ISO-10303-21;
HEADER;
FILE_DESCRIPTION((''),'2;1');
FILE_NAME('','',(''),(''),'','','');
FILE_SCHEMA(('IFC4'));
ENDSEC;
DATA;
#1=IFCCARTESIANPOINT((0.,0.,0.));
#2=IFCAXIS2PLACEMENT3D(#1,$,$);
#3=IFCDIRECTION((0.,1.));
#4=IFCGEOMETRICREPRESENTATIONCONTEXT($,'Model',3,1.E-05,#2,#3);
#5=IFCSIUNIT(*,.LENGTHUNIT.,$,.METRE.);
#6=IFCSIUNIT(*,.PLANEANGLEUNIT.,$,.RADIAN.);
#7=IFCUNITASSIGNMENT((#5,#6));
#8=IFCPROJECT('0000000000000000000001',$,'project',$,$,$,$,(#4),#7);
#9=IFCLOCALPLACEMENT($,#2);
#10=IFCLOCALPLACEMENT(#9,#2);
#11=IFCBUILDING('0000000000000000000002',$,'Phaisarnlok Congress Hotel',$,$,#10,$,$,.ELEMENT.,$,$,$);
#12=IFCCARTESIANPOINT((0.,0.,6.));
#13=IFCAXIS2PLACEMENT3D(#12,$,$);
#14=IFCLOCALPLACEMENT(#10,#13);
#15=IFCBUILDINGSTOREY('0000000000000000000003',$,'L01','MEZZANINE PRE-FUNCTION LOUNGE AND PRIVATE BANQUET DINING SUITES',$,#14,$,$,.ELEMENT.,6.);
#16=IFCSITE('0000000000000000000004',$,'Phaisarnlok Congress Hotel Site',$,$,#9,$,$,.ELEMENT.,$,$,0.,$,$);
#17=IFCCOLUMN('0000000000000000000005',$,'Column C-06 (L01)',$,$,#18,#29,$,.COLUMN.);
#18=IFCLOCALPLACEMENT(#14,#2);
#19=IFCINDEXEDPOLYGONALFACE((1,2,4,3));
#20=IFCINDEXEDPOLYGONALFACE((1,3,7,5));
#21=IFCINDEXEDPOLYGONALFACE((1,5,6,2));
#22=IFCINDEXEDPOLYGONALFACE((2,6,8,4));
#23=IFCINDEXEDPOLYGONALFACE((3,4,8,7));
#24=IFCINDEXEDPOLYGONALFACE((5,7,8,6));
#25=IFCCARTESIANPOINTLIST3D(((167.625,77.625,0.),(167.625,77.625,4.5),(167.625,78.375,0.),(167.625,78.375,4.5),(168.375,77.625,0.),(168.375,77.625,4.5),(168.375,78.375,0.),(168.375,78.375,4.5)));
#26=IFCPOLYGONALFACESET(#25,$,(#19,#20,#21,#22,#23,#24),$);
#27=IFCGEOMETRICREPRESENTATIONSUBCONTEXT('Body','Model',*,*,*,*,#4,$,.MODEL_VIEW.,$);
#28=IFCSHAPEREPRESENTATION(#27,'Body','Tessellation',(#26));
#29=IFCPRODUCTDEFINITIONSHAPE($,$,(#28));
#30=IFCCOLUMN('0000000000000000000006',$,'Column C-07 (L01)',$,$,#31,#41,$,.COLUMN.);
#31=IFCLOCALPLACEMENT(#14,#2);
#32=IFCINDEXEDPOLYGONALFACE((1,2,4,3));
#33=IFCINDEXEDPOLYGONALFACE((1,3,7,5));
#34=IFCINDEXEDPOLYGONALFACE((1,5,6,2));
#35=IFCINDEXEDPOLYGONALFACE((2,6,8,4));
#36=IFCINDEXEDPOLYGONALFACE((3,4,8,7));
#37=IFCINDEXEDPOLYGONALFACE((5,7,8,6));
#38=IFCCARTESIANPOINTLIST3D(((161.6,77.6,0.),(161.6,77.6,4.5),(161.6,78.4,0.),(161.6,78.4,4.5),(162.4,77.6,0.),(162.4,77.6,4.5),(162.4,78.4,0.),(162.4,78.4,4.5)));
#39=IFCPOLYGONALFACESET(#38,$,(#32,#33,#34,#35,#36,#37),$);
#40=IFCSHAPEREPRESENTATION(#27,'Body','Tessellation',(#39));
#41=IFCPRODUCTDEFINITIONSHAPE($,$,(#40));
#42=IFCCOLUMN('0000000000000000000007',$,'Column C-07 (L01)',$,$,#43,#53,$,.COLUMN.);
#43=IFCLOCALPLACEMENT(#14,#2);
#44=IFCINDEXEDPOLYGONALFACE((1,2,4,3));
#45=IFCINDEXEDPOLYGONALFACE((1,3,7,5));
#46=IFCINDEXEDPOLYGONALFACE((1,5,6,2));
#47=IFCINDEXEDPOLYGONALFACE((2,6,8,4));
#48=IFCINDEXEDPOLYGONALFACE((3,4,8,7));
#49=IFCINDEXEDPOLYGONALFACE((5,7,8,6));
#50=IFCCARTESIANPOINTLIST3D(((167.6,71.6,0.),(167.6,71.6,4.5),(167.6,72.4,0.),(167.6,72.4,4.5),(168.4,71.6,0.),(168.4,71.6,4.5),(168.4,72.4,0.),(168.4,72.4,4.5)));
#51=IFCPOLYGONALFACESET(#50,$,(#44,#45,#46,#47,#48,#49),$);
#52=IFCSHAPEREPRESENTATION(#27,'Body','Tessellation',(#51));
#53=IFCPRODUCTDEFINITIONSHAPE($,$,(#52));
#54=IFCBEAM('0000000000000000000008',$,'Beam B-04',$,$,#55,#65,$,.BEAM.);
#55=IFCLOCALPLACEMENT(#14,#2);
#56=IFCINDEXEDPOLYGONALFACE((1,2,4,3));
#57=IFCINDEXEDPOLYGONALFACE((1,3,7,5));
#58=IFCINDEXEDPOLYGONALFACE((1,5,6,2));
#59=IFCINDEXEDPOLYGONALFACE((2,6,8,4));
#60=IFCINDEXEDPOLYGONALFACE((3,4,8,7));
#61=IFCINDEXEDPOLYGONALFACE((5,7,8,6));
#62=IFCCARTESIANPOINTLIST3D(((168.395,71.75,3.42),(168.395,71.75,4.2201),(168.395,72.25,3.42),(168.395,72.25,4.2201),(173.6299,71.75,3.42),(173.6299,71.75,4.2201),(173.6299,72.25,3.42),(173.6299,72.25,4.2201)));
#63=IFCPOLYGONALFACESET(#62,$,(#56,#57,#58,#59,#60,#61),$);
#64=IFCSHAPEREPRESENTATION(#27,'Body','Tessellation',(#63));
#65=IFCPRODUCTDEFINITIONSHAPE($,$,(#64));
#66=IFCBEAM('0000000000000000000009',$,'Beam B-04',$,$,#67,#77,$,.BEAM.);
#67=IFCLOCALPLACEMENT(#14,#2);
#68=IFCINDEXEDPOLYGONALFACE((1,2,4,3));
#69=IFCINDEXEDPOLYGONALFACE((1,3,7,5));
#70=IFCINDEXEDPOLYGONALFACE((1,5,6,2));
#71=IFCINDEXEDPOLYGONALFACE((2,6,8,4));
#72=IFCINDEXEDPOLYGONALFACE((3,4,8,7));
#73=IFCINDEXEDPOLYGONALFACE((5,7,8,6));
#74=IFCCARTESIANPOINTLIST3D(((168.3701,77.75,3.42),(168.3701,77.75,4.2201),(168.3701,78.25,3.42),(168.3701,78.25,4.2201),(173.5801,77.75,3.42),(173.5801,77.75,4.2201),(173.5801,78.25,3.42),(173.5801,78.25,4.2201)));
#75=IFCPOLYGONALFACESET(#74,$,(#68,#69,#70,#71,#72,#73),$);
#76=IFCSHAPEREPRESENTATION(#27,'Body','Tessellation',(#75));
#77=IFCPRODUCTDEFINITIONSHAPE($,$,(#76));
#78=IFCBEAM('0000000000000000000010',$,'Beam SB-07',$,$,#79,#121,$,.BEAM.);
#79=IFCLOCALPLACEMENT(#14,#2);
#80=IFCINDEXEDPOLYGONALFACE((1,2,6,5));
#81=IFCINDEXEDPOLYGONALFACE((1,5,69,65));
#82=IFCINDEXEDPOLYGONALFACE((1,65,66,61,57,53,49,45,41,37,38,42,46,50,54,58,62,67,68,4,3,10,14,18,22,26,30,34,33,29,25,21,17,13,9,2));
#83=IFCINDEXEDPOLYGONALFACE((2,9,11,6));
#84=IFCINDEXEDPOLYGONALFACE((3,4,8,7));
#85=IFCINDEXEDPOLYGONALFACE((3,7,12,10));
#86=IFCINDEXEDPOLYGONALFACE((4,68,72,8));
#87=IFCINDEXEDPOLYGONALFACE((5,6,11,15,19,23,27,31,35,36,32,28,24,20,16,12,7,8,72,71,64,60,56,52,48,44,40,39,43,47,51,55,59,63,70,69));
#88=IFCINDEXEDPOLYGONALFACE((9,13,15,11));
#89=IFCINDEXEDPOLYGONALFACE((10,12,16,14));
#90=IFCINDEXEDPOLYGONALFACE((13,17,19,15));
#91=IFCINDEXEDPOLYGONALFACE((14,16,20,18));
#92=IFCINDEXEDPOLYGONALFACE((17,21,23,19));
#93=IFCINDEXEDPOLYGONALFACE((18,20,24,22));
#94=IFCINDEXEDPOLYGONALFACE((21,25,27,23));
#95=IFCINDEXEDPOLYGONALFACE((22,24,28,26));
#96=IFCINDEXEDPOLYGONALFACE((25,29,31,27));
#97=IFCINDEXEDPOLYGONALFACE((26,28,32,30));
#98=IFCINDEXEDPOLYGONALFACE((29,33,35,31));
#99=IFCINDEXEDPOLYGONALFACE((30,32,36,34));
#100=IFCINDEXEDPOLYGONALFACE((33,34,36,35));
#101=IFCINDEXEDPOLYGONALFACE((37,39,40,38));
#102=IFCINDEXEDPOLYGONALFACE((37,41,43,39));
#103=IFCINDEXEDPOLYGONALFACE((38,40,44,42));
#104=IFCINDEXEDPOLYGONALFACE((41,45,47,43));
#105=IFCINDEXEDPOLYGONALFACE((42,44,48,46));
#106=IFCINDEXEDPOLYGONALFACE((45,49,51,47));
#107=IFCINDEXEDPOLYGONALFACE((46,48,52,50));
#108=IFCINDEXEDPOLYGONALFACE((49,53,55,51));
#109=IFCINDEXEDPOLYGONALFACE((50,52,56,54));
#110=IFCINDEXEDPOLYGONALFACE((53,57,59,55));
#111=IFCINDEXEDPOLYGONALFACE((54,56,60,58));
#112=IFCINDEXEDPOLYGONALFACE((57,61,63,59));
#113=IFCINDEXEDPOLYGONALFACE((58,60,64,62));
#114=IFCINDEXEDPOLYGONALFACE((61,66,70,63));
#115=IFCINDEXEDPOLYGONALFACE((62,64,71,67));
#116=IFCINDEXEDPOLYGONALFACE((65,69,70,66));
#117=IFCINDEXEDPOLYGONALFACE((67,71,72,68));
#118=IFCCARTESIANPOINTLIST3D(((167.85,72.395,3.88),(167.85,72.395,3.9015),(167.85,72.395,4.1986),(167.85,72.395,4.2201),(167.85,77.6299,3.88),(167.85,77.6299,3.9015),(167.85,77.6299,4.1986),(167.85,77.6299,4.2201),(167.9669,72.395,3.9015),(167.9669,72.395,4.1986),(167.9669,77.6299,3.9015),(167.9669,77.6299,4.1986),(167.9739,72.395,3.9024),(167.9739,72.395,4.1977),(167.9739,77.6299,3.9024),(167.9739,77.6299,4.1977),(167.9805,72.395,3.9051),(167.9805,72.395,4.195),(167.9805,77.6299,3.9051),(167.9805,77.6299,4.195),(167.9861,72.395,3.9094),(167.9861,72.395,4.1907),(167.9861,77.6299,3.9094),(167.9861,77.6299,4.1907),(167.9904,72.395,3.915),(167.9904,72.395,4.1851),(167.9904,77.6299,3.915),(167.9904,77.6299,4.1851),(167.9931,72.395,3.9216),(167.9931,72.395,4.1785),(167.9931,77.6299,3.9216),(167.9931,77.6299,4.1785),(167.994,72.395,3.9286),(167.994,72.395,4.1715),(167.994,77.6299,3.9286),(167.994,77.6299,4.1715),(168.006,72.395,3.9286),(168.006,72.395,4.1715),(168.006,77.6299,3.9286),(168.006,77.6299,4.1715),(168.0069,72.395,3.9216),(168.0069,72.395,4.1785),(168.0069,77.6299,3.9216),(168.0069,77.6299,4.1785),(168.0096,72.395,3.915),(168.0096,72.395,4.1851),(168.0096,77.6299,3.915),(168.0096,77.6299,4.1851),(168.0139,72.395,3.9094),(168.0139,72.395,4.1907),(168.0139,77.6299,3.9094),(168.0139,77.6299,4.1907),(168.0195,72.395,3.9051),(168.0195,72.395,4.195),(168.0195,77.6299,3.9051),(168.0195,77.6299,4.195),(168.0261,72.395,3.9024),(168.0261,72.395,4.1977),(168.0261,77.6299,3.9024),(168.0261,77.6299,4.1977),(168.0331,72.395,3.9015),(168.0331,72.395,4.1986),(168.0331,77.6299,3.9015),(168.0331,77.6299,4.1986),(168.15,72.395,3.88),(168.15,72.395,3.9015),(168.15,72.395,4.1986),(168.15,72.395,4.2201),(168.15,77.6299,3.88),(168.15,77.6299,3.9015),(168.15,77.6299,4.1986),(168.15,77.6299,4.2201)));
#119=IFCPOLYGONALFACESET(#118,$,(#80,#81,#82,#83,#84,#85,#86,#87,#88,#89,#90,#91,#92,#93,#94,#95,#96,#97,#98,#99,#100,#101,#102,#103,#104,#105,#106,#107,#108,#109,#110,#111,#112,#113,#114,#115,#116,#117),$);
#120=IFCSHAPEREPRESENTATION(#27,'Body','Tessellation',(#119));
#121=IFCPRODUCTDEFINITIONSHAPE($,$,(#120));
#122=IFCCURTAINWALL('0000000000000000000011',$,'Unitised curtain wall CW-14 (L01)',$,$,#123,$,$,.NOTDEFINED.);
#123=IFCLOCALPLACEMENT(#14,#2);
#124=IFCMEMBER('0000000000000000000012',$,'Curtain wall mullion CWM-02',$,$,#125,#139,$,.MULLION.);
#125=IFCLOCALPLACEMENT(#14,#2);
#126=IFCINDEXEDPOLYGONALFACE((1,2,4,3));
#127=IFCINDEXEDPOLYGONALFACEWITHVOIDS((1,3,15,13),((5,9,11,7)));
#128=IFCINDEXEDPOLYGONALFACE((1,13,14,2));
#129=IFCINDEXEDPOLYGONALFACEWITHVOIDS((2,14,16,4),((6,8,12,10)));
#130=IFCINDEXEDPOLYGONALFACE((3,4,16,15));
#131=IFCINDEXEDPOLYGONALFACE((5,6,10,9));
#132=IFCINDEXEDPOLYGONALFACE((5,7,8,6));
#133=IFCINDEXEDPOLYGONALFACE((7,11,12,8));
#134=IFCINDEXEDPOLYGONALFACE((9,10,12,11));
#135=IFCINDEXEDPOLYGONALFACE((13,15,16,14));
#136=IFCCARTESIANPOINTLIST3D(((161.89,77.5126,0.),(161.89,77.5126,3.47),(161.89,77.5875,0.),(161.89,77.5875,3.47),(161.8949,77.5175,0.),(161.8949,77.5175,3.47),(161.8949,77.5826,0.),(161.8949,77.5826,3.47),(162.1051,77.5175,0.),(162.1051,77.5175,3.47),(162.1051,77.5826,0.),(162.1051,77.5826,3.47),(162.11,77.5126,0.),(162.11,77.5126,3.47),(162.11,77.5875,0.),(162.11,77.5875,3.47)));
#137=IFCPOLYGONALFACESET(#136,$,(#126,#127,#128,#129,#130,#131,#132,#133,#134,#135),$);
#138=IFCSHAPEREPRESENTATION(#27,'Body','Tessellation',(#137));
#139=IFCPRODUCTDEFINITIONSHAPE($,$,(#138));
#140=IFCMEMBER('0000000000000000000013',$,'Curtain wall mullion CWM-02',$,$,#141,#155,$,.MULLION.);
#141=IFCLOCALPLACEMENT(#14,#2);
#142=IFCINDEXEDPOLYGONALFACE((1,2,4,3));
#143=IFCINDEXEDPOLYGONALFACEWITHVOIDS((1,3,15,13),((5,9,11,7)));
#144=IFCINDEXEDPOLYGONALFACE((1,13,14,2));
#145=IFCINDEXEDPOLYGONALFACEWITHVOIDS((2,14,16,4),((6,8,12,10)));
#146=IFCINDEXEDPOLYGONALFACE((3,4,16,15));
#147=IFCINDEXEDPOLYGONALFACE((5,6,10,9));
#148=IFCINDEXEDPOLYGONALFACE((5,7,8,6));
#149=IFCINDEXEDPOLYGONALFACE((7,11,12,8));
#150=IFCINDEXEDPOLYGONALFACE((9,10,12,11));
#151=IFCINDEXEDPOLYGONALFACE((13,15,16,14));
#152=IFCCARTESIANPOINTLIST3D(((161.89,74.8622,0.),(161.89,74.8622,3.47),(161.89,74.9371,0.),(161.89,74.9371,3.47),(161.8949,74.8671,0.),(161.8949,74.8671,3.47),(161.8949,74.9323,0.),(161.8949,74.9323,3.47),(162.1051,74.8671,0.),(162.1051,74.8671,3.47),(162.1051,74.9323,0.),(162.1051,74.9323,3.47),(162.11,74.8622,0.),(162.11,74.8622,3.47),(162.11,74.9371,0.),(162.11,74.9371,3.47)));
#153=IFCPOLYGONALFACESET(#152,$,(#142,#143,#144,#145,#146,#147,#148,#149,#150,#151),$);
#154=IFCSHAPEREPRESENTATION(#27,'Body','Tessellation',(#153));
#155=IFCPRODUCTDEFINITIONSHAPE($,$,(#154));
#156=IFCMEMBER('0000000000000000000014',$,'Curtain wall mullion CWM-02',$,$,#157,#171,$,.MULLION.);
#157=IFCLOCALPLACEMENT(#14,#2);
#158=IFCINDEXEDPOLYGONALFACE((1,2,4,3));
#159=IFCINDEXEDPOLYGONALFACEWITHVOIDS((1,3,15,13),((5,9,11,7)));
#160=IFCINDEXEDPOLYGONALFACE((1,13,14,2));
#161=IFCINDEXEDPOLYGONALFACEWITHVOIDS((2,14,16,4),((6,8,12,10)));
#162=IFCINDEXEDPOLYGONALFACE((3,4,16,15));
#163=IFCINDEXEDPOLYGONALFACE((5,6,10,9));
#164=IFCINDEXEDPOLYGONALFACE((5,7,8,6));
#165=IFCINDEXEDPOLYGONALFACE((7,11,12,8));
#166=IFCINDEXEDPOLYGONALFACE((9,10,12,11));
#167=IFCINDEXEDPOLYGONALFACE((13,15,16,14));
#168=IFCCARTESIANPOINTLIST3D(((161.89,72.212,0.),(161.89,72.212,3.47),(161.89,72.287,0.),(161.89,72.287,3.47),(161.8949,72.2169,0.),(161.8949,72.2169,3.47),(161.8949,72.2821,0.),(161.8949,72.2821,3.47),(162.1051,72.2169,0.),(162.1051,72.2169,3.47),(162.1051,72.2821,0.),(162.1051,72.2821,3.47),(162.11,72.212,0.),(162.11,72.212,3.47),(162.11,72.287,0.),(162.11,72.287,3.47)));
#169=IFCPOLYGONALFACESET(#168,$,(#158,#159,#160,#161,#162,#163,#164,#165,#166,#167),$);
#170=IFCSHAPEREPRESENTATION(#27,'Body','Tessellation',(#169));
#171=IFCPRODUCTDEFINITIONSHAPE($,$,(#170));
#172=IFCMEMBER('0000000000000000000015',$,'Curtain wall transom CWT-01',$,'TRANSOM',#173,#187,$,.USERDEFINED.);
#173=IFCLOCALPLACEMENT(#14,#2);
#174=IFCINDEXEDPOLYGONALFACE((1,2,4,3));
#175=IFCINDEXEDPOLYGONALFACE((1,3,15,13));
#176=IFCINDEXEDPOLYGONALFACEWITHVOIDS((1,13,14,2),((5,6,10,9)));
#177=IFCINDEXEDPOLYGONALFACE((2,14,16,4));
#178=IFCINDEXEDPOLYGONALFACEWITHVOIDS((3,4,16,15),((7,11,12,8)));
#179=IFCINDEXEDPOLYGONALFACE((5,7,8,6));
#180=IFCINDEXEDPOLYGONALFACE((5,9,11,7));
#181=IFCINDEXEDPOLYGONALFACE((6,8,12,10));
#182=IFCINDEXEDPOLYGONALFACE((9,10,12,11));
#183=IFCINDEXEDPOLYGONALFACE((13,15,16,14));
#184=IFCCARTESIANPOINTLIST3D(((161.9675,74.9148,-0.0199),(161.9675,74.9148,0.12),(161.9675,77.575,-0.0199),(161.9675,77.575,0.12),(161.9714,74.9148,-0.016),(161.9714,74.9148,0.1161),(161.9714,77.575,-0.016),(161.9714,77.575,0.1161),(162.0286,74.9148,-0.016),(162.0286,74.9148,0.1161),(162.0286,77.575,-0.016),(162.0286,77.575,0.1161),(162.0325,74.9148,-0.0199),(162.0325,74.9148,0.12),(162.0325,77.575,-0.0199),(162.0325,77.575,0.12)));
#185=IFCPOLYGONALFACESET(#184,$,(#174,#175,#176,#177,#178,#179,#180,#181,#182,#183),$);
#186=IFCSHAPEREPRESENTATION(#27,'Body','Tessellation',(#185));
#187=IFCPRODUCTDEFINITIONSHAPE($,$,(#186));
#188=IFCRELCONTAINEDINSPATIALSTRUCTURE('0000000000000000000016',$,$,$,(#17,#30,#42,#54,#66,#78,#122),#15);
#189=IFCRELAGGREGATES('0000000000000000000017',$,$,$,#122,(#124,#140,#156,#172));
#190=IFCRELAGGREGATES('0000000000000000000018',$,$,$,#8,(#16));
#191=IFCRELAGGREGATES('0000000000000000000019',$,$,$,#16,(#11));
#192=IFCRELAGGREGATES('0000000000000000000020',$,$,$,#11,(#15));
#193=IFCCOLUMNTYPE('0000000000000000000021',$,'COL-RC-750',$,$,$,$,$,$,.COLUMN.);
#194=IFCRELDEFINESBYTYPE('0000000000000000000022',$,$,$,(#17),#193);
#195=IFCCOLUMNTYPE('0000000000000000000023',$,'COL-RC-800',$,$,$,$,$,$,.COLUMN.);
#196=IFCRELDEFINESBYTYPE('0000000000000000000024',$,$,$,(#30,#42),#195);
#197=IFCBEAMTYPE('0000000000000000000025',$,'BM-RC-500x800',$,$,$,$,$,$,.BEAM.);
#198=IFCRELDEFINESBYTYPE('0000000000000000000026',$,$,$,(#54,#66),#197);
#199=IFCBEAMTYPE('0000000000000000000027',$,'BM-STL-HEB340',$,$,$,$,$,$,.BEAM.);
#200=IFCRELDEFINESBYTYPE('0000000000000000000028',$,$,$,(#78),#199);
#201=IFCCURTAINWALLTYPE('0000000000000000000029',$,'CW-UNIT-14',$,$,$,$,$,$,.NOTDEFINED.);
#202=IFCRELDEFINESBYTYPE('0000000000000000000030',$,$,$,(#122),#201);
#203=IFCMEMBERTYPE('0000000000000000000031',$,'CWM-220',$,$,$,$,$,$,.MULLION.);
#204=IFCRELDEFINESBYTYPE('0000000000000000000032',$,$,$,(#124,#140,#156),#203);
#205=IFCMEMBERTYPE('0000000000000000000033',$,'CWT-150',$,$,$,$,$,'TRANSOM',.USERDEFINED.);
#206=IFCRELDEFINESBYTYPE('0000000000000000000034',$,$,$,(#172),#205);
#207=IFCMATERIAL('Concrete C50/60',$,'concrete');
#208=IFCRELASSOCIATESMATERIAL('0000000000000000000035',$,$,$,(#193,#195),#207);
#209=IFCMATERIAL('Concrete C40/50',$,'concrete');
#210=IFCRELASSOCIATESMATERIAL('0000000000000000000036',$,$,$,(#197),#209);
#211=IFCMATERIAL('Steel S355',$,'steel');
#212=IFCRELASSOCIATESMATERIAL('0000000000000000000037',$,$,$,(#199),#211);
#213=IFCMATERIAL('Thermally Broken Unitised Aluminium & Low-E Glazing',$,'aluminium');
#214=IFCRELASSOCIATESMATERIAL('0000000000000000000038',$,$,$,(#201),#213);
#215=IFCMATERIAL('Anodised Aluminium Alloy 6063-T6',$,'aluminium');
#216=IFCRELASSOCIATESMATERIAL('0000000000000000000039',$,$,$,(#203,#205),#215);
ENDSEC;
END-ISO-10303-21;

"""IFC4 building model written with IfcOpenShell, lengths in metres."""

from ifc_helpers import new_model, si_unit, direction, frame, origin, origin_2d, place, context, subcontext, project, spatial, rectangle, hollow_rectangle, i_section, extrude, material, material_profile, profile_set, type_object, element, aggregate, save


model = new_model("IFC4")

# Units and contexts
model_context = context("Model", 3, precision=1e-05, world=origin(), true_north=direction((0.0, 1.0)))
body_context = subcontext(model_context, "Body", "Model", "MODEL_VIEW")
ifc_project = project(units=[si_unit("LENGTHUNIT", "METRE"), si_unit("PLANEANGLEUNIT", "RADIAN")], contexts=[model_context])

# Site, building, storey
site_placement = place(None, origin())
site = spatial("IfcSite", under=ifc_project, at=site_placement, Name="Phaisarnlok Congress Hotel Site", CompositionType="ELEMENT", RefElevation=0.0)
building_placement = place(site_placement, origin())
building = spatial("IfcBuilding", under=site, at=building_placement, Name="Phaisarnlok Congress Hotel", CompositionType="ELEMENT")
storey_placement = place(building_placement, frame((0.0, 0.0, 6.0)))
storey = spatial("IfcBuildingStorey", under=building, at=storey_placement, Name="L01", Description="MEZZANINE PRE-FUNCTION LOUNGE AND PRIVATE BANQUET DINING SUITES", CompositionType="ELEMENT", Elevation=6.0)

# Columns
ifc_material_1 = material(Name="Concrete C50/60", Category="concrete")
ifc_material_profile_1 = material_profile(ifc_material_1, rectangle(XDim=0.75, YDim=0.75, at=origin_2d()), Name="RC 750x750")
ifc_profile_set_1 = profile_set([ifc_material_profile_1], Name="Concrete C50/60")
column_type_1 = type_object("IfcColumnType", Name="COL-RC-750", PredefinedType="COLUMN", material=ifc_profile_set_1)
column_placement = place(storey_placement, frame((168.0, 78.0, 0.0), z_axis=(0.0, 0.0, 1.0), x_axis=(1.0, 0.0, 0.0)))
element("IfcColumn", 1, at=column_placement, inside=storey, type_object=column_type_1, Name="Column C-06 (L01)", PredefinedType="COLUMN", context=body_context, shape_type="SweptSolid", body=[
    extrude(rectangle(XDim=0.75, YDim=0.75, at=origin_2d()), origin(), (0.0, 0.0, 1.0), 4.5),
])
ifc_material_profile_2 = material_profile(ifc_material_1, rectangle(XDim=0.8, YDim=0.8, at=origin_2d()), Name="RC 800x800")
ifc_profile_set_2 = profile_set([ifc_material_profile_2], Name="Concrete C50/60")
column_type_2 = type_object("IfcColumnType", Name="COL-RC-800", PredefinedType="COLUMN", material=ifc_profile_set_2)
for number, where, z_axis, x_axis, name in (
    (2, (162.0, 78.0, 0.0), (0.0, 0.0, 1.0), (1.0, 0.0, 0.0), "Column C-07 (L01)"),
    (3, (168.0, 72.0, 0.0), (0.0, 0.0, 1.0), (1.0, 0.0, 0.0), "Column C-07 (L01)"),
):
    element("IfcColumn", number, at=place(storey_placement, frame(where, z_axis=z_axis, x_axis=x_axis)), inside=storey, type_object=column_type_2, Name=name, PredefinedType="COLUMN", context=body_context, shape_type="SweptSolid", body=[
        extrude(rectangle(XDim=0.8, YDim=0.8, at=origin_2d()), origin(), (0.0, 0.0, 1.0), 4.5),
    ])

# Beams
ifc_material_2 = material(Name="Concrete C40/50", Category="concrete")
ifc_material_profile_3 = material_profile(ifc_material_2, rectangle(XDim=0.5, YDim=0.8, at=origin_2d()), Name="RC 500x800")
ifc_profile_set_3 = profile_set([ifc_material_profile_3], Name="Concrete C40/50")
beam_type_1 = type_object("IfcBeamType", Name="BM-RC-500x800", PredefinedType="BEAM", material=ifc_profile_set_3)
beam_1_placement = place(storey_placement, frame((168.395, 72.0, 3.8201), z_axis=(1.0, 0.0, 0.0), x_axis=(0.0, 1.0, 0.0)))
element("IfcBeam", 4, at=beam_1_placement, inside=storey, type_object=beam_type_1, Name="Beam B-04", PredefinedType="BEAM", context=body_context, shape_type="SweptSolid", body=[
    extrude(rectangle(XDim=0.5, YDim=0.8, at=origin_2d()), origin(), (0.0, 0.0, 1.0), 5.2349),
])
beam_2_placement = place(storey_placement, frame((168.3701, 78.0, 3.8201), z_axis=(1.0, 0.0, 0.0), x_axis=(0.0, 1.0, 0.0)))
element("IfcBeam", 5, at=beam_2_placement, inside=storey, type_object=beam_type_1, Name="Beam B-04", PredefinedType="BEAM", context=body_context, shape_type="SweptSolid", body=[
    extrude(rectangle(XDim=0.5, YDim=0.8, at=origin_2d()), origin(), (0.0, 0.0, 1.0), 5.21),
])
ifc_material_3 = material(Name="Steel S355", Category="steel")
ifc_material_profile_4 = material_profile(ifc_material_3, i_section(OverallWidth=0.3, OverallDepth=0.3401, WebThickness=0.012, FlangeThickness=0.0215, FilletRadius=0.0271, at=origin_2d()), Name="HEB 340")
ifc_profile_set_4 = profile_set([ifc_material_profile_4], Name="Steel S355")
beam_type_2 = type_object("IfcBeamType", Name="BM-STL-HEB340", PredefinedType="BEAM", material=ifc_profile_set_4)
beam_3_placement = place(storey_placement, frame((168.0, 72.395, 4.05), z_axis=(0.0, 1.0, 0.0), x_axis=(-1.0, 0.0, 0.0)))
element("IfcBeam", 6, at=beam_3_placement, inside=storey, type_object=beam_type_2, Name="Beam SB-07", PredefinedType="BEAM", context=body_context, shape_type="SweptSolid", body=[
    extrude(i_section(OverallWidth=0.3, OverallDepth=0.3401, WebThickness=0.012, FlangeThickness=0.0215, FilletRadius=0.0271, at=origin_2d()), origin(), (0.0, 0.0, 1.0), 5.2349),
])

# Curtain wall, members
ifc_material_4 = material(Name="Thermally Broken Unitised Aluminium & Low-E Glazing", Category="aluminium")
curtain_wall_type = type_object("IfcCurtainWallType", Name="CW-UNIT-14", PredefinedType="NOTDEFINED", material=ifc_material_4)
curtain_wall_placement = place(storey_placement, origin())
curtain_wall = element("IfcCurtainWall", 7, at=curtain_wall_placement, inside=storey, type_object=curtain_wall_type, Name="Unitised curtain wall CW-14 (L01)", PredefinedType="NOTDEFINED")
ifc_material_5 = material(Name="Anodised Aluminium Alloy 6063-T6", Category="aluminium")
ifc_material_profile_5 = material_profile(ifc_material_5, hollow_rectangle(XDim=0.075, YDim=0.22, WallThickness=0.0049, at=origin_2d()), Name="ALU-M 75x220x5")
ifc_profile_set_5 = profile_set([ifc_material_profile_5], Name="Anodised Aluminium Alloy 6063-T6")
member_type_1 = type_object("IfcMemberType", Name="CWM-220", PredefinedType="MULLION", material=ifc_profile_set_5)
member_1_placement = place(storey_placement, frame((162.0, 77.55, 0.0), z_axis=(0.0, 0.0, 1.0), x_axis=(0.0, -1.0, 0.0)))
member_1 = element("IfcMember", 8, at=member_1_placement, type_object=member_type_1, Name="Curtain wall mullion CWM-02", PredefinedType="MULLION", context=body_context, shape_type="SweptSolid", body=[
    extrude(hollow_rectangle(XDim=0.075, YDim=0.22, WallThickness=0.0049, at=origin_2d()), origin(), (0.0, 0.0, 1.0), 3.47),
])
member_2_placement = place(storey_placement, frame((162.0, 74.8997, 0.0), z_axis=(0.0, 0.0, 1.0), x_axis=(0.0, -1.0, 0.0)))
member_2 = element("IfcMember", 9, at=member_2_placement, type_object=member_type_1, Name="Curtain wall mullion CWM-02", PredefinedType="MULLION", context=body_context, shape_type="SweptSolid", body=[
    extrude(hollow_rectangle(XDim=0.075, YDim=0.22, WallThickness=0.0049, at=origin_2d()), origin(), (0.0, 0.0, 1.0), 3.47),
])
member_3_placement = place(storey_placement, frame((162.0, 72.2495, 0.0), z_axis=(0.0, 0.0, 1.0), x_axis=(0.0, -1.0, 0.0)))
member_3 = element("IfcMember", 10, at=member_3_placement, type_object=member_type_1, Name="Curtain wall mullion CWM-02", PredefinedType="MULLION", context=body_context, shape_type="SweptSolid", body=[
    extrude(hollow_rectangle(XDim=0.075, YDim=0.22, WallThickness=0.0049, at=origin_2d()), origin(), (0.0, 0.0, 1.0), 3.47),
])
ifc_material_profile_6 = material_profile(ifc_material_5, hollow_rectangle(XDim=0.0649, YDim=0.1399, WallThickness=0.0039, at=origin_2d()), Name="ALU-T 65x140x4")
ifc_profile_set_6 = profile_set([ifc_material_profile_6], Name="Anodised Aluminium Alloy 6063-T6")
member_type_2 = type_object("IfcMemberType", Name="CWT-150", ElementType="TRANSOM", PredefinedType="USERDEFINED", material=ifc_profile_set_6)
member_4_placement = place(storey_placement, frame((162.0, 77.575, 0.05), z_axis=(0.0, -1.0, 0.0), x_axis=(1.0, 0.0, 0.0)))
member_4 = element("IfcMember", 11, at=member_4_placement, type_object=member_type_2, Name="Curtain wall transom CWT-01", ObjectType="TRANSOM", PredefinedType="USERDEFINED", context=body_context, shape_type="SweptSolid", body=[
    extrude(hollow_rectangle(XDim=0.0649, YDim=0.1399, WallThickness=0.0039, at=origin_2d()), origin(), (0.0, 0.0, 1.0), 2.6602),
])

aggregate(curtain_wall, [member_1, member_2, member_3, member_4])

save(model, "model.ifc")
